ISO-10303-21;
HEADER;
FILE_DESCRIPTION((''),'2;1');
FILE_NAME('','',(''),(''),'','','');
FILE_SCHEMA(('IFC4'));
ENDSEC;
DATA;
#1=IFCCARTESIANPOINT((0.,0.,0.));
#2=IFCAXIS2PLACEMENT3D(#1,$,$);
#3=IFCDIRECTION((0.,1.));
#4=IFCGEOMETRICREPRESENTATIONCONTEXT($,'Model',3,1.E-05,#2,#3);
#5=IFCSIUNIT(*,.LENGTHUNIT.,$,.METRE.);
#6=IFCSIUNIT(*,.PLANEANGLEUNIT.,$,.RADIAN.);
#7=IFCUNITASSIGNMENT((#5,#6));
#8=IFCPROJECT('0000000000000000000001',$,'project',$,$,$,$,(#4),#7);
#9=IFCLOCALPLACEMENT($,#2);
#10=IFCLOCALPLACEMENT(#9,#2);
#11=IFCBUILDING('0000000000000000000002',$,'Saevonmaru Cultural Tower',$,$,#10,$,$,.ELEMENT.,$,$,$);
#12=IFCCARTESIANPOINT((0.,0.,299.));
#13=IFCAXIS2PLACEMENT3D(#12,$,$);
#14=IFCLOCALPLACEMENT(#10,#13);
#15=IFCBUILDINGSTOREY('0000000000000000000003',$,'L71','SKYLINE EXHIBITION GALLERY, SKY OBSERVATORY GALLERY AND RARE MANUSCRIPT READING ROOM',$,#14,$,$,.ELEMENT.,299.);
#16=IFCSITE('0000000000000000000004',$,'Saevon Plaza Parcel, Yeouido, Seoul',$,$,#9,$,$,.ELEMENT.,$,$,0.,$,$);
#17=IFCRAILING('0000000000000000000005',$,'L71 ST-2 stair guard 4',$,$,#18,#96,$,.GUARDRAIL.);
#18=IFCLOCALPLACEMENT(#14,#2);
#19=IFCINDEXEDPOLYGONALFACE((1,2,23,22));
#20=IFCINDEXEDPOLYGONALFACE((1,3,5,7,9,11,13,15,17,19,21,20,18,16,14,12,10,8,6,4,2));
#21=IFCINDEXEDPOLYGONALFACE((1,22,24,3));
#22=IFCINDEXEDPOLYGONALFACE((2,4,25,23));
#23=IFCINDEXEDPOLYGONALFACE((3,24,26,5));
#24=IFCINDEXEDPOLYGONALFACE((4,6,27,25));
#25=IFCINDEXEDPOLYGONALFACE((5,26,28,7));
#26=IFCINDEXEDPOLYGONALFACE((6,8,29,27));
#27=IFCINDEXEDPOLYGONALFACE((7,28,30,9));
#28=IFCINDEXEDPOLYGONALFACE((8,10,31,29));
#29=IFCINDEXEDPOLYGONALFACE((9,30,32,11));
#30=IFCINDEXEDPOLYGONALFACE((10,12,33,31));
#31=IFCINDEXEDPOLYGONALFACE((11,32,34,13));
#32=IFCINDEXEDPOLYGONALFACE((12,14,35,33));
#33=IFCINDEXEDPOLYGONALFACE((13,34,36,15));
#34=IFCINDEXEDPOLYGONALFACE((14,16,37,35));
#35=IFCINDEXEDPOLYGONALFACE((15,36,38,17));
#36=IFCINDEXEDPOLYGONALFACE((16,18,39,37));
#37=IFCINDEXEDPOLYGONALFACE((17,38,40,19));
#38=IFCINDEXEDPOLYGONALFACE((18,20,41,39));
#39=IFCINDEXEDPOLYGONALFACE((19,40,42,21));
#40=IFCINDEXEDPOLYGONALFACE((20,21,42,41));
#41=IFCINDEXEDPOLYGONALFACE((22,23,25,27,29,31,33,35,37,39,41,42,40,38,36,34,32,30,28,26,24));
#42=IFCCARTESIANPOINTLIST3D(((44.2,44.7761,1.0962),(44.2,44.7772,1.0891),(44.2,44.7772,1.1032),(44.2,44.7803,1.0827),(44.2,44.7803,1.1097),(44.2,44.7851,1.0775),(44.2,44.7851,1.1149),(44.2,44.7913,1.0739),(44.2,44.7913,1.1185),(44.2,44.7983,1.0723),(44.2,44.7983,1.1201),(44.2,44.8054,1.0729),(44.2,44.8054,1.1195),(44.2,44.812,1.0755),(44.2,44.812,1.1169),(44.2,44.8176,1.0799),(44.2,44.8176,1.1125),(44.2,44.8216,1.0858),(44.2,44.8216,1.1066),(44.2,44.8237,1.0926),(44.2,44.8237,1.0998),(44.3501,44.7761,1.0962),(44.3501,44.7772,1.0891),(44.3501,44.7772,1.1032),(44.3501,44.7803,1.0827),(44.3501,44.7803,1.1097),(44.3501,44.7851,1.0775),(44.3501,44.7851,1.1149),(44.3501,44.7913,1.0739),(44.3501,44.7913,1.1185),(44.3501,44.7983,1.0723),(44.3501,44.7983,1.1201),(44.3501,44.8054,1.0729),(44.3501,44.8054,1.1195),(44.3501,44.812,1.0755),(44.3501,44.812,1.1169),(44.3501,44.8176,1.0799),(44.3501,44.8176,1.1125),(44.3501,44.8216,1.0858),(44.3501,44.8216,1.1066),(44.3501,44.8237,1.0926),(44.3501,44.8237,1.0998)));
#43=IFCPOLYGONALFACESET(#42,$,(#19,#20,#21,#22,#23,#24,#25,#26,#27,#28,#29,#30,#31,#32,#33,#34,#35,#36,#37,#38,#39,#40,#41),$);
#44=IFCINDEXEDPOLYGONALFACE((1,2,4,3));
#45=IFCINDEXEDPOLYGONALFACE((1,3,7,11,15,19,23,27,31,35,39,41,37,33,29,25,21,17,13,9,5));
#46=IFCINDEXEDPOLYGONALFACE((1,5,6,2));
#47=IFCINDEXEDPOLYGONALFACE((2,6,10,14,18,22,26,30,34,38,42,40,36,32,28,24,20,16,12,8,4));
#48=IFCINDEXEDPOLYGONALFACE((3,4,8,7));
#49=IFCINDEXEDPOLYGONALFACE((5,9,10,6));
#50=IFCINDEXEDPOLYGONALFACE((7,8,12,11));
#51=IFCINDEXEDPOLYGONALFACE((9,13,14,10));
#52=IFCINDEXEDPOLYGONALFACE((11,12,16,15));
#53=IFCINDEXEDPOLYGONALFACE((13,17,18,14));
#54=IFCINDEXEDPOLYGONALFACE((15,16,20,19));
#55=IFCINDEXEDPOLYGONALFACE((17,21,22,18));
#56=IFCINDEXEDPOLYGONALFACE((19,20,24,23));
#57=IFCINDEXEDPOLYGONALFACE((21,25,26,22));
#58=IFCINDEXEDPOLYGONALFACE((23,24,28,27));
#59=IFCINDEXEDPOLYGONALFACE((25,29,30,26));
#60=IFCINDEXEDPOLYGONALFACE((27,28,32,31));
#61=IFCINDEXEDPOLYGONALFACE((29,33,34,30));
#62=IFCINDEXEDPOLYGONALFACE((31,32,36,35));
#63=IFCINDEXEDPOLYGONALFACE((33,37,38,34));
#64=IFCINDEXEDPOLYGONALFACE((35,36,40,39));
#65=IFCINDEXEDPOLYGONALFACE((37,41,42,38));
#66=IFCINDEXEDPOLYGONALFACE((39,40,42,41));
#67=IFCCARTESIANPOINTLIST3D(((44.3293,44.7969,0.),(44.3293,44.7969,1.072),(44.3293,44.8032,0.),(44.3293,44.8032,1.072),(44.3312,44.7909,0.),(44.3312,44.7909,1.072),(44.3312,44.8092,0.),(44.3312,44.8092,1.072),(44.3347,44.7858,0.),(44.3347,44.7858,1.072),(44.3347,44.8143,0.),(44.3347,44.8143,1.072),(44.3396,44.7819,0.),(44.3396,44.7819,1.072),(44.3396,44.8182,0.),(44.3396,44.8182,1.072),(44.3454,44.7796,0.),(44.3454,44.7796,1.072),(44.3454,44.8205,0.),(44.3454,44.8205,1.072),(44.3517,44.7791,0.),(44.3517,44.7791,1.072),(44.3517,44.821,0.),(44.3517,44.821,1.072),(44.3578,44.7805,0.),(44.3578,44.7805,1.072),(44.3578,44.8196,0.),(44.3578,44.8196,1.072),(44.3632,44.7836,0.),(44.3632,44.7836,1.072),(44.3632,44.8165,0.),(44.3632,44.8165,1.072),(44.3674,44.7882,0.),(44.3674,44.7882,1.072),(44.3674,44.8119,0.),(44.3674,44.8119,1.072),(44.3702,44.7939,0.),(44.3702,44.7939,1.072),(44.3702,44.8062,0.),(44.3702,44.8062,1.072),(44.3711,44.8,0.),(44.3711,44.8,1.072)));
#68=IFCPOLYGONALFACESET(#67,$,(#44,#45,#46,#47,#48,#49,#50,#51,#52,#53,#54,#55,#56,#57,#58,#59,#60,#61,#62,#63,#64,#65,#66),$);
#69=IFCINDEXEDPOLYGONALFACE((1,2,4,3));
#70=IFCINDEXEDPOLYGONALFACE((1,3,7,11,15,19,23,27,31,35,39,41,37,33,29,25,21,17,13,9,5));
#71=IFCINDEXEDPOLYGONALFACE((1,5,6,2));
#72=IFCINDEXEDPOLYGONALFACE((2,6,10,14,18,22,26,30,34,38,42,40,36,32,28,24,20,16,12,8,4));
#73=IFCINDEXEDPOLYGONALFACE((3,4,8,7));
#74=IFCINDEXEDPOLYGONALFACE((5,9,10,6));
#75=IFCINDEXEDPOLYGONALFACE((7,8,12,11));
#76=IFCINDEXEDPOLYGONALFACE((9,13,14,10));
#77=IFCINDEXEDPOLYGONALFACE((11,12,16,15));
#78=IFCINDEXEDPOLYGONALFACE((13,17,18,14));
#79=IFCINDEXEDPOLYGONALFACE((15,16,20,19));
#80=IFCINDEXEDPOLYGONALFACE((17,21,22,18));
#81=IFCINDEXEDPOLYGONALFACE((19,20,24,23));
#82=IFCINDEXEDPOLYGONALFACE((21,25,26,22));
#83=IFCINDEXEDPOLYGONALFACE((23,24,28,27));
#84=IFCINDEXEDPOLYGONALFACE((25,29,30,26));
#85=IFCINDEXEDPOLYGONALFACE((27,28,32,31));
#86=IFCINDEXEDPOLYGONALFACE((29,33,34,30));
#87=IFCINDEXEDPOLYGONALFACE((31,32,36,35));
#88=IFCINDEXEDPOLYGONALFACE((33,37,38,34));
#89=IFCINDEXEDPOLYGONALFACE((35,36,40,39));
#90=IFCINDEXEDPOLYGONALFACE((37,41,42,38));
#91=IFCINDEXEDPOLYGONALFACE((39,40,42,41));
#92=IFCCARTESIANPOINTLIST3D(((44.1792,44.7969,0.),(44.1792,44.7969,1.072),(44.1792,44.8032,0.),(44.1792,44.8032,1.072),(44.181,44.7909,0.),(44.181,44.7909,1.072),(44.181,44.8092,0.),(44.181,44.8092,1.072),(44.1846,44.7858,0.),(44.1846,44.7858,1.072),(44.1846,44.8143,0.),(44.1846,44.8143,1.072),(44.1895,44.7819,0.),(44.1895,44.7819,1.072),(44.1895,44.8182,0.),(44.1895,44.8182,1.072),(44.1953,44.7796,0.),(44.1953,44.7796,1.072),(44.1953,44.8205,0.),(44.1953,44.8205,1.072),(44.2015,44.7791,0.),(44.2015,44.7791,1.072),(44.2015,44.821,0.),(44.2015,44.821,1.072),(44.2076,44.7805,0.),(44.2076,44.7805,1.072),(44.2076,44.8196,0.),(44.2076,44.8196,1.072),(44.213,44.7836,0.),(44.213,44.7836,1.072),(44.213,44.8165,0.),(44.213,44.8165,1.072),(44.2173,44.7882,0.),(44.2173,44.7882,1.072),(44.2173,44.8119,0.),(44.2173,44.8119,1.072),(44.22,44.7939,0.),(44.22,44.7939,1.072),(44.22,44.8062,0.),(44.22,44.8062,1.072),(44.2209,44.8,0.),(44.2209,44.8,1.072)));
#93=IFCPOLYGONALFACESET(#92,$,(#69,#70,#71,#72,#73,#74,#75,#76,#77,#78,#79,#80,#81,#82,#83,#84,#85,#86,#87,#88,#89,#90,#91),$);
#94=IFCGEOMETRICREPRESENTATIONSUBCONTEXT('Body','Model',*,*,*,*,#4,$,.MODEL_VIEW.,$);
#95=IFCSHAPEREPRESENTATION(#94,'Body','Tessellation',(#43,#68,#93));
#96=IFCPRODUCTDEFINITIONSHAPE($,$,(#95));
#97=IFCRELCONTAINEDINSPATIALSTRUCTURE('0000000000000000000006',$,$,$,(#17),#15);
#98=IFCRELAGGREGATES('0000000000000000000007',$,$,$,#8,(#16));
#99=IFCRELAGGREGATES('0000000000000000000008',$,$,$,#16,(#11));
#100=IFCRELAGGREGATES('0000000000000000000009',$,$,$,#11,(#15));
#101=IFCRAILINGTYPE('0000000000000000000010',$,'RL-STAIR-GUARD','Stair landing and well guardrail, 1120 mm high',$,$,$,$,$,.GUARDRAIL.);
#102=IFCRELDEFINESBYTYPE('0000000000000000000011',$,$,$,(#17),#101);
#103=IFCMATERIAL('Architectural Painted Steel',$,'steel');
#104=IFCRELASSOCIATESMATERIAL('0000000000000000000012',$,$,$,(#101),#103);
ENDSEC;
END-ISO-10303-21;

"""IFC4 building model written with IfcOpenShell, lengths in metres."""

from ifc_helpers import new_model, si_unit, direction, frame, origin, origin_2d, place, context, subcontext, project, spatial, circle, extrude, material, type_object, element, save


model = new_model("IFC4")

# Units and contexts
model_context = context("Model", 3, precision=1e-05, world=origin(), true_north=direction((0.0, 1.0)))
body_context = subcontext(model_context, "Body", "Model", "MODEL_VIEW")
ifc_project = project(units=[si_unit("LENGTHUNIT", "METRE"), si_unit("PLANEANGLEUNIT", "RADIAN")], contexts=[model_context])

# Site, building, storey
site_placement = place(None, origin())
site = spatial("IfcSite", under=ifc_project, at=site_placement, Name="Saevon Plaza Parcel, Yeouido, Seoul", CompositionType="ELEMENT", RefElevation=0.0)
building_placement = place(site_placement, origin())
building = spatial("IfcBuilding", under=site, at=building_placement, Name="Saevonmaru Cultural Tower", CompositionType="ELEMENT")
storey_placement = place(building_placement, frame((0.0, 0.0, 299.0)))
storey = spatial("IfcBuildingStorey", under=building, at=storey_placement, Name="L71", Description="SKYLINE EXHIBITION GALLERY, SKY OBSERVATORY GALLERY AND RARE MANUSCRIPT READING ROOM", CompositionType="ELEMENT", Elevation=299.0)

# Railing
ifc_material_1 = material(Name="Architectural Painted Steel", Category="steel")
railing_type_1 = type_object("IfcRailingType", Name="RL-STAIR-GUARD", Description="Stair landing and well guardrail, 1120 mm high", PredefinedType="GUARDRAIL", material=ifc_material_1)
railing_1_placement = place(storey_placement, frame((44.3501, 44.8, 0.0)))
element("IfcRailing", 1, at=railing_1_placement, inside=storey, type_object=railing_type_1, Name="L71 ST-2 stair guard 4", PredefinedType="GUARDRAIL", context=body_context, shape_type="SweptSolid", body=[
    extrude(circle(Radius=0.0239, at=origin_2d()), frame((0.0, 0.0, 1.0962), z_axis=(-1.0, 0.0, 0.0), x_axis=(0.0, -1.0, 0.0)), (0.0, 0.0, 1.0), 0.1501),
    extrude(circle(Radius=0.021, at=origin_2d()), origin(), (0.0, 0.0, 1.0), 1.072),
    extrude(circle(Radius=0.021, at=origin_2d()), frame((-0.1501, 0.0, 0.0)), (0.0, 0.0, 1.0), 1.072),
])

save(model, "model.ifc")
